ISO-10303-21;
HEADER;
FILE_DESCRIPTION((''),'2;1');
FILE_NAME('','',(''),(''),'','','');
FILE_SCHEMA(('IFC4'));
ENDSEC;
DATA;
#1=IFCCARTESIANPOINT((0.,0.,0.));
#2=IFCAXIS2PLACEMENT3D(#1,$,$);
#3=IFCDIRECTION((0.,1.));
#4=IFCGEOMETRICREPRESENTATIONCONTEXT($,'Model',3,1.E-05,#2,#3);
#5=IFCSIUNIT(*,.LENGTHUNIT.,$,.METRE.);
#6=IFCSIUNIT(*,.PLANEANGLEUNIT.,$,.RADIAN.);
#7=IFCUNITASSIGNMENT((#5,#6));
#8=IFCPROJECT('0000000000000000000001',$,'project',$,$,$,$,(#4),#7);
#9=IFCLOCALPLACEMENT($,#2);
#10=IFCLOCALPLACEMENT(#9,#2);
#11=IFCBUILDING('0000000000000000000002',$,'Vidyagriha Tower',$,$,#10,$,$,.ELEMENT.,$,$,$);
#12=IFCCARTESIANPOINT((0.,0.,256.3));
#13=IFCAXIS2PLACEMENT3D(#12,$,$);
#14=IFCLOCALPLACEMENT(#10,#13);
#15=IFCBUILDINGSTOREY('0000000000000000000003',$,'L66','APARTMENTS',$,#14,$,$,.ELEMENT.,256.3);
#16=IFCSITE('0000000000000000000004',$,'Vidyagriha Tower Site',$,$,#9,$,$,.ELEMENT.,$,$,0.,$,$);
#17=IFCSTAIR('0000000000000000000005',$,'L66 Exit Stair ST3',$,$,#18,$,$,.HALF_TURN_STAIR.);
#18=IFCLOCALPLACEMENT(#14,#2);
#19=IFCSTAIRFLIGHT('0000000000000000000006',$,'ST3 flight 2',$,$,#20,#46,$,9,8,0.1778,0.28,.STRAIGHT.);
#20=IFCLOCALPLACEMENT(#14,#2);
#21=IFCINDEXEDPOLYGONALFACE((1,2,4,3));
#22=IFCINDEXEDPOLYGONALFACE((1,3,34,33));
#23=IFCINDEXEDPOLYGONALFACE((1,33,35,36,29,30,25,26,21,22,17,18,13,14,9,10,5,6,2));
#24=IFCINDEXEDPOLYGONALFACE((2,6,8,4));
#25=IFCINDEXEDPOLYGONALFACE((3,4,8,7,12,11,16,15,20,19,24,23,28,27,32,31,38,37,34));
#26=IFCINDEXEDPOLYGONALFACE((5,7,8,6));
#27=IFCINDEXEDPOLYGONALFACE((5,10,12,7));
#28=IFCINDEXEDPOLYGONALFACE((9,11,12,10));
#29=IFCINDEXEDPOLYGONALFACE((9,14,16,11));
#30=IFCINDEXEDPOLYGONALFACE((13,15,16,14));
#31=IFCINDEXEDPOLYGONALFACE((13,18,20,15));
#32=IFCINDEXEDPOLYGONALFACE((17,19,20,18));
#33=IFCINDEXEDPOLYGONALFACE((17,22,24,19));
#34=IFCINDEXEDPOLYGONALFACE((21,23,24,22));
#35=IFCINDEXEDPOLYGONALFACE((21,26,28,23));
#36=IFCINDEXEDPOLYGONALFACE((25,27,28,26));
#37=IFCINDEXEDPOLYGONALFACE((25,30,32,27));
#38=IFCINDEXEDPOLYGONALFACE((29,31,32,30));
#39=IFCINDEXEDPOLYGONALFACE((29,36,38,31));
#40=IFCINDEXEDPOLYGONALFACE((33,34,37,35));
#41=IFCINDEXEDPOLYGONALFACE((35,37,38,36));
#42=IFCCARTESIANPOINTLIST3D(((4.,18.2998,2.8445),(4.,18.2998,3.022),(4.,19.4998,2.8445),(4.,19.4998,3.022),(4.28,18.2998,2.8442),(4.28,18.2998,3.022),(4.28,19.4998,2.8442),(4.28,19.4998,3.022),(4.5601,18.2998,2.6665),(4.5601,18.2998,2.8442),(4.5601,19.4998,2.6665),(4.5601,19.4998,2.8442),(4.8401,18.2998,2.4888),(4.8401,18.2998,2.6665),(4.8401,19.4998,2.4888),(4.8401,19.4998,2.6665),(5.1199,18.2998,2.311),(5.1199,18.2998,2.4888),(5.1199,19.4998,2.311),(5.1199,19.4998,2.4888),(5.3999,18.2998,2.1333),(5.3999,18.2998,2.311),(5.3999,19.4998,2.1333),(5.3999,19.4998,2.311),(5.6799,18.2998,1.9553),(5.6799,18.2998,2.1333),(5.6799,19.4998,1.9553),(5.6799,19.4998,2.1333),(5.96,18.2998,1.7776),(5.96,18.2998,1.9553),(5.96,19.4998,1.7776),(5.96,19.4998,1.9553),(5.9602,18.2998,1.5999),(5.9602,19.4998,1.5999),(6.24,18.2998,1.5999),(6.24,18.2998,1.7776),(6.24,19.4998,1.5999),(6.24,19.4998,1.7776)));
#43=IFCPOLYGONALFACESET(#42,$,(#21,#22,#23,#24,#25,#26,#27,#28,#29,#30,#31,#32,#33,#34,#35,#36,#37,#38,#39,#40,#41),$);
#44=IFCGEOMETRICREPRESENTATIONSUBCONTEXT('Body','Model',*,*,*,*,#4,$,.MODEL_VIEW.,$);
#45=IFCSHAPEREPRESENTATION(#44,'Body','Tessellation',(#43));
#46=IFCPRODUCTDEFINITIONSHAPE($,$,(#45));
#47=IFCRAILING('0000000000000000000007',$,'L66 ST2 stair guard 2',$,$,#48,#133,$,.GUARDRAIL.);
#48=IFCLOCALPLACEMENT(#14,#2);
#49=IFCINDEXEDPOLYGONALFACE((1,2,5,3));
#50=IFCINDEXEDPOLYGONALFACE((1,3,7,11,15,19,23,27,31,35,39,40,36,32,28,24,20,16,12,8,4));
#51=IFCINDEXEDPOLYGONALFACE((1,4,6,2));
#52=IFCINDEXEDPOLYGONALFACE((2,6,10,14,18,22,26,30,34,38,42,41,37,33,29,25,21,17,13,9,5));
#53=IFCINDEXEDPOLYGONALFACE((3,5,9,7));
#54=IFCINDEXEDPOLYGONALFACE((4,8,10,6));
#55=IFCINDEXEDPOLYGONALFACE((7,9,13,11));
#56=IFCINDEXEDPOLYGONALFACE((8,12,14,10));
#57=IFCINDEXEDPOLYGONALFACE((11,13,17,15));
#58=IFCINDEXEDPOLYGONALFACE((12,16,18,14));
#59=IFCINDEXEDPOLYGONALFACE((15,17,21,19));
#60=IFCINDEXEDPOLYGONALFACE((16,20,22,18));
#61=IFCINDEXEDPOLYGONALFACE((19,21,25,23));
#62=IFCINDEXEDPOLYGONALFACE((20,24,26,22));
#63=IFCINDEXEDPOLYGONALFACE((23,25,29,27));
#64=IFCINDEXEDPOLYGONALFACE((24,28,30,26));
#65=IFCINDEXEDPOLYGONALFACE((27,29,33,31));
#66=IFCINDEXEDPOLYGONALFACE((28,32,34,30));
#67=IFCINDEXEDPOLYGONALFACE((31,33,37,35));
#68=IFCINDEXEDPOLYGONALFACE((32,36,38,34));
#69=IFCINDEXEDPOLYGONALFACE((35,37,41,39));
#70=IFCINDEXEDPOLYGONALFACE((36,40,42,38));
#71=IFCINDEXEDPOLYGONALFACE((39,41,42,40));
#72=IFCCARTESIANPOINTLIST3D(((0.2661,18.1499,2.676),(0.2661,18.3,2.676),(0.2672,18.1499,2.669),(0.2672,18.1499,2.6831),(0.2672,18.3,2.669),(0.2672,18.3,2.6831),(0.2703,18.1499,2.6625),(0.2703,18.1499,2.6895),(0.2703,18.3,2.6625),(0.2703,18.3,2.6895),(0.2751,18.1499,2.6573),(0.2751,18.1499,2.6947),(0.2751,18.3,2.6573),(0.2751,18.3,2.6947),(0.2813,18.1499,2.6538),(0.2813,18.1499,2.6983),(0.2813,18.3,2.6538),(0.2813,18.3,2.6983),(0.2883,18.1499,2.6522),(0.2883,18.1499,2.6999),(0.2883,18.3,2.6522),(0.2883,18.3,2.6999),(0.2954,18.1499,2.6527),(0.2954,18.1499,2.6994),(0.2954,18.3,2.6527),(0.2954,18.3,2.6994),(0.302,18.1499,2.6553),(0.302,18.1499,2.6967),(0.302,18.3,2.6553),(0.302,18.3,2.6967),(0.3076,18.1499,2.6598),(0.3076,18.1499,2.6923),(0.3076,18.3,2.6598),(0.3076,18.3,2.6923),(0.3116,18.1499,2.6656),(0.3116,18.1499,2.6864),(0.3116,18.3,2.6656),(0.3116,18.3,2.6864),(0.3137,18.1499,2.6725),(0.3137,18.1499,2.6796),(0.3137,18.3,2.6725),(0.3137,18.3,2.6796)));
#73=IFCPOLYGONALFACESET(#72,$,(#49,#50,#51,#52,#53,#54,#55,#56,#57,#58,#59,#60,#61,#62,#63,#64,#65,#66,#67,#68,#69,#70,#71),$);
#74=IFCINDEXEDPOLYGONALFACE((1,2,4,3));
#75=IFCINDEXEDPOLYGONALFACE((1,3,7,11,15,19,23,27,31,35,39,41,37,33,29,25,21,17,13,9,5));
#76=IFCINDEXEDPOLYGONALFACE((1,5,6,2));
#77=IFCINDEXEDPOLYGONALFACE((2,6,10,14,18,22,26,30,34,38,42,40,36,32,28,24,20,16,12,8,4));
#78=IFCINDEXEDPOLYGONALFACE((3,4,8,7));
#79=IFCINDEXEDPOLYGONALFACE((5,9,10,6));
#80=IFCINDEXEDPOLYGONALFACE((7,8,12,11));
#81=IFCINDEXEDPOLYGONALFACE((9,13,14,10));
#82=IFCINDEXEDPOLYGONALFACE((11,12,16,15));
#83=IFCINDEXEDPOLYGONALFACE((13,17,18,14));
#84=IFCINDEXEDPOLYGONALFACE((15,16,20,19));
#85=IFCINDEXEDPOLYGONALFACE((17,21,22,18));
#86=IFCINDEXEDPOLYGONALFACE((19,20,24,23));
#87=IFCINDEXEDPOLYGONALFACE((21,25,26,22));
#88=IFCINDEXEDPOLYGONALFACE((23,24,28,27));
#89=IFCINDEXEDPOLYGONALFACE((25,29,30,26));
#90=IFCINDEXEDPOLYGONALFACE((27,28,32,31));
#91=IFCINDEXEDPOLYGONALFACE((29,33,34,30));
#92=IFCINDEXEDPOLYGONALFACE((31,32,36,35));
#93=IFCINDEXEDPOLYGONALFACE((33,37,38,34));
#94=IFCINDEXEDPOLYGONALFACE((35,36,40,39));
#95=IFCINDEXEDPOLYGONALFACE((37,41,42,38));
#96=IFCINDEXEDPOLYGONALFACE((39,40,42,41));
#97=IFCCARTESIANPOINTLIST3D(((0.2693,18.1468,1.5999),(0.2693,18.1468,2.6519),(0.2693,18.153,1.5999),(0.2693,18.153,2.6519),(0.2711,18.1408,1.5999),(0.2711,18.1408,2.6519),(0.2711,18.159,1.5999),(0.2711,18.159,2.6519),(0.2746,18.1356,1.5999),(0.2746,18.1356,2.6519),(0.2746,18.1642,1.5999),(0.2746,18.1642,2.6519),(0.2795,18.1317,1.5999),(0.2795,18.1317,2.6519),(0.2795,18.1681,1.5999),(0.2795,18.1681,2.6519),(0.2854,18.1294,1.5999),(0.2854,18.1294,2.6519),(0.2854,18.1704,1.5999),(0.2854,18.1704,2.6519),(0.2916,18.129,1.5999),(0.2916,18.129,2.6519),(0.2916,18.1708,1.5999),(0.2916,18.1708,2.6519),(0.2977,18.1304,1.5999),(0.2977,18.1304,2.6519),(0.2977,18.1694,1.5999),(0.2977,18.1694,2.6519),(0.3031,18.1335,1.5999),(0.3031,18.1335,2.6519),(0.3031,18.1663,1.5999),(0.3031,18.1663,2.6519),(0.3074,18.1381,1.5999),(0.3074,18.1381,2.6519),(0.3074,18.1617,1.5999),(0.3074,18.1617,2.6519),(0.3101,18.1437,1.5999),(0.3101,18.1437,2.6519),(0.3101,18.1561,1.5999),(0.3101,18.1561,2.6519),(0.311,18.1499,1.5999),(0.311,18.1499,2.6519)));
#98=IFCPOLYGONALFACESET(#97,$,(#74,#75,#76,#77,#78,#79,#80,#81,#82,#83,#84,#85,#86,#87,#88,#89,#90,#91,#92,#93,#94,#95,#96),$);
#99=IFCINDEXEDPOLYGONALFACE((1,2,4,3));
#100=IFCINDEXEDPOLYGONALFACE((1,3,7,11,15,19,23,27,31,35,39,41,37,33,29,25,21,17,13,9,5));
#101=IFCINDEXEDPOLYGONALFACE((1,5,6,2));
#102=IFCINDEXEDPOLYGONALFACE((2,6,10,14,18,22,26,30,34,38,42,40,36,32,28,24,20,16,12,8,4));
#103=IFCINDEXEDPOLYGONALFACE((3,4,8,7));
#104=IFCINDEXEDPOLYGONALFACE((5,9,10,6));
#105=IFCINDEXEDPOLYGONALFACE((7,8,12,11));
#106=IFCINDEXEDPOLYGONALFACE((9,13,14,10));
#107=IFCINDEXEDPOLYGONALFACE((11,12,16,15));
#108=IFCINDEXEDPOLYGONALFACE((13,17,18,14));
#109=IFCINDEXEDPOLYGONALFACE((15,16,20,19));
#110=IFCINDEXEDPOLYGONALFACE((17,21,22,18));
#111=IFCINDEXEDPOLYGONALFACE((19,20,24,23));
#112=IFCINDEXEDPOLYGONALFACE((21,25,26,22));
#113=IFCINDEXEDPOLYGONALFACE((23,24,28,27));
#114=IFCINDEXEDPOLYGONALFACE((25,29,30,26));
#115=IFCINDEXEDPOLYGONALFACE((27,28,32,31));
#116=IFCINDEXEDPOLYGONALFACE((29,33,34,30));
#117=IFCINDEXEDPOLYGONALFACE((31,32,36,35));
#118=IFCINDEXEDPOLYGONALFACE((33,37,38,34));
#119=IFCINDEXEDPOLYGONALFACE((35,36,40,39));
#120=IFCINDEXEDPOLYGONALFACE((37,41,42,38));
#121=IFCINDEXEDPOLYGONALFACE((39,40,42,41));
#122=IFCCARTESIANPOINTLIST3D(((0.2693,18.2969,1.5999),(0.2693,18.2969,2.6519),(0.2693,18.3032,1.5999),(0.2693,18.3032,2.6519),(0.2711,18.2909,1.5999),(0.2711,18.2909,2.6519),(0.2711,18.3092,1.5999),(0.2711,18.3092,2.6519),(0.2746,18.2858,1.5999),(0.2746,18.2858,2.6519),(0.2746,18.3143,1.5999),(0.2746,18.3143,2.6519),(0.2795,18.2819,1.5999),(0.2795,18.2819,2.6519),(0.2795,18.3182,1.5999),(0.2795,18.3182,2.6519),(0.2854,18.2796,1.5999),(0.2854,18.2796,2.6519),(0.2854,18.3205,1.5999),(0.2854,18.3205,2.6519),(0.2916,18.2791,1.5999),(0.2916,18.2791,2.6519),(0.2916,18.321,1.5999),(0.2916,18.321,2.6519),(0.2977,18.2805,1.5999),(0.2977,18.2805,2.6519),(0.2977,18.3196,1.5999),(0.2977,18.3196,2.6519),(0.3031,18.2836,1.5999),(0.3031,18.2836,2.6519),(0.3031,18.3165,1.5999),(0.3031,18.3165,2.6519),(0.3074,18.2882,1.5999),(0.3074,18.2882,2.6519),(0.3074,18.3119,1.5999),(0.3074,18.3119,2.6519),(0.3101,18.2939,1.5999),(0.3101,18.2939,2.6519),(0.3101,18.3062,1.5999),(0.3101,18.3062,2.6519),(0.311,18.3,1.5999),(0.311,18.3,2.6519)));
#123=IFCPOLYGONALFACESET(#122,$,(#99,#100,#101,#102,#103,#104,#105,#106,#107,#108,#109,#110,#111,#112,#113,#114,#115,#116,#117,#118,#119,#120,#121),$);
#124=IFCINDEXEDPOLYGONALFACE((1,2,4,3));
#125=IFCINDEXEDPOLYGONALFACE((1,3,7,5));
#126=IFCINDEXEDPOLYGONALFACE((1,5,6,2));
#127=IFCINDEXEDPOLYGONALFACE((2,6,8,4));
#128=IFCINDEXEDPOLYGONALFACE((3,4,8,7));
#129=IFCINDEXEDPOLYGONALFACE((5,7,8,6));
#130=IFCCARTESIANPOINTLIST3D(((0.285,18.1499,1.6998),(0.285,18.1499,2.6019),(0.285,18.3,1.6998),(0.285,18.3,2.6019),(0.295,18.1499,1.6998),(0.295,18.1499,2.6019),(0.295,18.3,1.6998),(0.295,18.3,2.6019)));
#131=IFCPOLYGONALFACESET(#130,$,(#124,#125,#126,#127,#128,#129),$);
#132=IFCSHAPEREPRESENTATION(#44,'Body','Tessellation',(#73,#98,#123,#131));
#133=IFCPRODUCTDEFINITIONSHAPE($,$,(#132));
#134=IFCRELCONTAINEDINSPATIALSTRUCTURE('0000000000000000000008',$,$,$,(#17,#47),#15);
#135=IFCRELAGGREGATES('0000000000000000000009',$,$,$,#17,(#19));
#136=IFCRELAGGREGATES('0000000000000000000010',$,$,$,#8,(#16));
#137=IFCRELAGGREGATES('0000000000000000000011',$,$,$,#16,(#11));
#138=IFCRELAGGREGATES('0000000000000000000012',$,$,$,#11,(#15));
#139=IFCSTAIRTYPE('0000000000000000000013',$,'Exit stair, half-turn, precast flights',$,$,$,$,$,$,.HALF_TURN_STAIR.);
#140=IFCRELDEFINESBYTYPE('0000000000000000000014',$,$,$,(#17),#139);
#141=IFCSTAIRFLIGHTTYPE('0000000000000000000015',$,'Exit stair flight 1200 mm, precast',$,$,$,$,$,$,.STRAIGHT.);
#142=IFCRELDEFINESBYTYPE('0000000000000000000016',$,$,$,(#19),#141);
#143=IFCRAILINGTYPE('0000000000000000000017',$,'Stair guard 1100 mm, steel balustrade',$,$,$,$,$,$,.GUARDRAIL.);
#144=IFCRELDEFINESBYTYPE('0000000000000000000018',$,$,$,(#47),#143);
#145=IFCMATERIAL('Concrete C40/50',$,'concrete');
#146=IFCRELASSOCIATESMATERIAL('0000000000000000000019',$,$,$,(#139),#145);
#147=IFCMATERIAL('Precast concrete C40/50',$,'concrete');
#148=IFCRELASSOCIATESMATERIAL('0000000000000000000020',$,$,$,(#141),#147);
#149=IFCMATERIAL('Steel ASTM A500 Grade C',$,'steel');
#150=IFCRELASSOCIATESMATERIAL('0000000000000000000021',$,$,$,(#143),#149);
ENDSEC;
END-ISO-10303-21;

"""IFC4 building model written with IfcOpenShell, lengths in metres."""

from ifc_helpers import new_model, si_unit, direction, frame, origin, origin_2d, place, context, subcontext, project, spatial, polyline, rectangle, circle, outline, extrude, material, type_object, element, aggregate, save


model = new_model("IFC4")

# Units and contexts
model_context = context("Model", 3, precision=1e-05, world=origin(), true_north=direction((0.0, 1.0)))
body_context = subcontext(model_context, "Body", "Model", "MODEL_VIEW")
ifc_project = project(units=[si_unit("LENGTHUNIT", "METRE"), si_unit("PLANEANGLEUNIT", "RADIAN")], contexts=[model_context])

# Site, building, storey
site_placement = place(None, origin())
site = spatial("IfcSite", under=ifc_project, at=site_placement, Name="Vidyagriha Tower Site", CompositionType="ELEMENT", RefElevation=0.0)
building_placement = place(site_placement, origin())
building = spatial("IfcBuilding", under=site, at=building_placement, Name="Vidyagriha Tower", CompositionType="ELEMENT")
storey_placement = place(building_placement, frame((0.0, 0.0, 256.3)))
storey = spatial("IfcBuildingStorey", under=building, at=storey_placement, Name="L66", Description="APARTMENTS", CompositionType="ELEMENT", Elevation=256.3)

# Stair, stair flight
ifc_material_1 = material(Name="Concrete C40/50", Category="concrete")
stair_type = type_object("IfcStairType", Name="Exit stair, half-turn, precast flights", PredefinedType="HALF_TURN_STAIR", material=ifc_material_1)
stair_placement = place(storey_placement, origin())
stair = element("IfcStair", 1, at=stair_placement, inside=storey, type_object=stair_type, Name="L66 Exit Stair ST3", PredefinedType="HALF_TURN_STAIR")
ifc_material_2 = material(Name="Precast concrete C40/50", Category="concrete")
stair_flight_type = type_object("IfcStairFlightType", Name="Exit stair flight 1200 mm, precast", PredefinedType="STRAIGHT", material=ifc_material_2)
stair_flight_1_placement = place(storey_placement, frame((6.24, 18.8999, 1.5999), z_axis=(0.0, 0.0, 1.0), x_axis=(-1.0, 0.0, 0.0)))
stair_flight_1 = element("IfcStairFlight", 2, at=stair_flight_1_placement, type_object=stair_flight_type, Name="ST3 flight 2", NumberOfRisers=9, NumberOfTreads=8, PredefinedType="STRAIGHT", RiserHeight=0.1778, TreadLength=0.28, context=body_context, shape_type="SweptSolid", body=[
    extrude(outline(polyline([(0.0, 0.0), (0.0, 0.1777), (0.28, 0.1777), (0.28, 0.3555), (0.5601, 0.3555), (0.5601, 0.5334), (0.8401, 0.5334), (0.8401, 0.7112), (1.1201, 0.7112), (1.1201, 0.8889), (1.3999, 0.8889), (1.3999, 1.0667), (1.6799, 1.0667), (1.6799, 1.2444), (1.96, 1.2444), (1.96, 1.4221), (2.24, 1.4221), (2.24, 1.6001), (2.24, 1.2446), (0.2798, 0.0), (0.0, 0.0)])), frame((0.0, 0.6001, 0.0), z_axis=(0.0, -1.0, 0.0), x_axis=(1.0, 0.0, 0.0)), (0.0, 0.0, 1.0), 1.2),
])
aggregate(stair, [stair_flight_1])

# Railing
ifc_material_3 = material(Name="Steel ASTM A500 Grade C", Category="steel")
railing_type_1 = type_object("IfcRailingType", Name="Stair guard 1100 mm, steel balustrade", PredefinedType="GUARDRAIL", material=ifc_material_3)
railing_1_placement = place(storey_placement, frame((0.29, 18.1499, 1.5999)))
element("IfcRailing", 3, at=railing_1_placement, inside=storey, type_object=railing_type_1, Name="L66 ST2 stair guard 2", PredefinedType="GUARDRAIL", context=body_context, shape_type="SweptSolid", body=[
    extrude(circle(Radius=0.0239, at=origin_2d()), frame((0.0, 0.0, 1.0762), z_axis=(0.0, 1.0, 0.0), x_axis=(-1.0, 0.0, 0.0)), (0.0, 0.0, 1.0), 0.1501),
    extrude(circle(Radius=0.021, at=origin_2d()), origin(), (0.0, 0.0, 1.0), 1.052),
    extrude(circle(Radius=0.021, at=origin_2d()), frame((0.0, 0.1501, 0.0)), (0.0, 0.0, 1.0), 1.052),
    extrude(rectangle(XDim=0.01, YDim=0.9021, at=origin_2d()), frame((0.0, 0.0, 0.551), z_axis=(0.0, 1.0, 0.0), x_axis=(-1.0, 0.0, 0.0)), (0.0, 0.0, 1.0), 0.1501),
])

save(model, "model.ifc")
